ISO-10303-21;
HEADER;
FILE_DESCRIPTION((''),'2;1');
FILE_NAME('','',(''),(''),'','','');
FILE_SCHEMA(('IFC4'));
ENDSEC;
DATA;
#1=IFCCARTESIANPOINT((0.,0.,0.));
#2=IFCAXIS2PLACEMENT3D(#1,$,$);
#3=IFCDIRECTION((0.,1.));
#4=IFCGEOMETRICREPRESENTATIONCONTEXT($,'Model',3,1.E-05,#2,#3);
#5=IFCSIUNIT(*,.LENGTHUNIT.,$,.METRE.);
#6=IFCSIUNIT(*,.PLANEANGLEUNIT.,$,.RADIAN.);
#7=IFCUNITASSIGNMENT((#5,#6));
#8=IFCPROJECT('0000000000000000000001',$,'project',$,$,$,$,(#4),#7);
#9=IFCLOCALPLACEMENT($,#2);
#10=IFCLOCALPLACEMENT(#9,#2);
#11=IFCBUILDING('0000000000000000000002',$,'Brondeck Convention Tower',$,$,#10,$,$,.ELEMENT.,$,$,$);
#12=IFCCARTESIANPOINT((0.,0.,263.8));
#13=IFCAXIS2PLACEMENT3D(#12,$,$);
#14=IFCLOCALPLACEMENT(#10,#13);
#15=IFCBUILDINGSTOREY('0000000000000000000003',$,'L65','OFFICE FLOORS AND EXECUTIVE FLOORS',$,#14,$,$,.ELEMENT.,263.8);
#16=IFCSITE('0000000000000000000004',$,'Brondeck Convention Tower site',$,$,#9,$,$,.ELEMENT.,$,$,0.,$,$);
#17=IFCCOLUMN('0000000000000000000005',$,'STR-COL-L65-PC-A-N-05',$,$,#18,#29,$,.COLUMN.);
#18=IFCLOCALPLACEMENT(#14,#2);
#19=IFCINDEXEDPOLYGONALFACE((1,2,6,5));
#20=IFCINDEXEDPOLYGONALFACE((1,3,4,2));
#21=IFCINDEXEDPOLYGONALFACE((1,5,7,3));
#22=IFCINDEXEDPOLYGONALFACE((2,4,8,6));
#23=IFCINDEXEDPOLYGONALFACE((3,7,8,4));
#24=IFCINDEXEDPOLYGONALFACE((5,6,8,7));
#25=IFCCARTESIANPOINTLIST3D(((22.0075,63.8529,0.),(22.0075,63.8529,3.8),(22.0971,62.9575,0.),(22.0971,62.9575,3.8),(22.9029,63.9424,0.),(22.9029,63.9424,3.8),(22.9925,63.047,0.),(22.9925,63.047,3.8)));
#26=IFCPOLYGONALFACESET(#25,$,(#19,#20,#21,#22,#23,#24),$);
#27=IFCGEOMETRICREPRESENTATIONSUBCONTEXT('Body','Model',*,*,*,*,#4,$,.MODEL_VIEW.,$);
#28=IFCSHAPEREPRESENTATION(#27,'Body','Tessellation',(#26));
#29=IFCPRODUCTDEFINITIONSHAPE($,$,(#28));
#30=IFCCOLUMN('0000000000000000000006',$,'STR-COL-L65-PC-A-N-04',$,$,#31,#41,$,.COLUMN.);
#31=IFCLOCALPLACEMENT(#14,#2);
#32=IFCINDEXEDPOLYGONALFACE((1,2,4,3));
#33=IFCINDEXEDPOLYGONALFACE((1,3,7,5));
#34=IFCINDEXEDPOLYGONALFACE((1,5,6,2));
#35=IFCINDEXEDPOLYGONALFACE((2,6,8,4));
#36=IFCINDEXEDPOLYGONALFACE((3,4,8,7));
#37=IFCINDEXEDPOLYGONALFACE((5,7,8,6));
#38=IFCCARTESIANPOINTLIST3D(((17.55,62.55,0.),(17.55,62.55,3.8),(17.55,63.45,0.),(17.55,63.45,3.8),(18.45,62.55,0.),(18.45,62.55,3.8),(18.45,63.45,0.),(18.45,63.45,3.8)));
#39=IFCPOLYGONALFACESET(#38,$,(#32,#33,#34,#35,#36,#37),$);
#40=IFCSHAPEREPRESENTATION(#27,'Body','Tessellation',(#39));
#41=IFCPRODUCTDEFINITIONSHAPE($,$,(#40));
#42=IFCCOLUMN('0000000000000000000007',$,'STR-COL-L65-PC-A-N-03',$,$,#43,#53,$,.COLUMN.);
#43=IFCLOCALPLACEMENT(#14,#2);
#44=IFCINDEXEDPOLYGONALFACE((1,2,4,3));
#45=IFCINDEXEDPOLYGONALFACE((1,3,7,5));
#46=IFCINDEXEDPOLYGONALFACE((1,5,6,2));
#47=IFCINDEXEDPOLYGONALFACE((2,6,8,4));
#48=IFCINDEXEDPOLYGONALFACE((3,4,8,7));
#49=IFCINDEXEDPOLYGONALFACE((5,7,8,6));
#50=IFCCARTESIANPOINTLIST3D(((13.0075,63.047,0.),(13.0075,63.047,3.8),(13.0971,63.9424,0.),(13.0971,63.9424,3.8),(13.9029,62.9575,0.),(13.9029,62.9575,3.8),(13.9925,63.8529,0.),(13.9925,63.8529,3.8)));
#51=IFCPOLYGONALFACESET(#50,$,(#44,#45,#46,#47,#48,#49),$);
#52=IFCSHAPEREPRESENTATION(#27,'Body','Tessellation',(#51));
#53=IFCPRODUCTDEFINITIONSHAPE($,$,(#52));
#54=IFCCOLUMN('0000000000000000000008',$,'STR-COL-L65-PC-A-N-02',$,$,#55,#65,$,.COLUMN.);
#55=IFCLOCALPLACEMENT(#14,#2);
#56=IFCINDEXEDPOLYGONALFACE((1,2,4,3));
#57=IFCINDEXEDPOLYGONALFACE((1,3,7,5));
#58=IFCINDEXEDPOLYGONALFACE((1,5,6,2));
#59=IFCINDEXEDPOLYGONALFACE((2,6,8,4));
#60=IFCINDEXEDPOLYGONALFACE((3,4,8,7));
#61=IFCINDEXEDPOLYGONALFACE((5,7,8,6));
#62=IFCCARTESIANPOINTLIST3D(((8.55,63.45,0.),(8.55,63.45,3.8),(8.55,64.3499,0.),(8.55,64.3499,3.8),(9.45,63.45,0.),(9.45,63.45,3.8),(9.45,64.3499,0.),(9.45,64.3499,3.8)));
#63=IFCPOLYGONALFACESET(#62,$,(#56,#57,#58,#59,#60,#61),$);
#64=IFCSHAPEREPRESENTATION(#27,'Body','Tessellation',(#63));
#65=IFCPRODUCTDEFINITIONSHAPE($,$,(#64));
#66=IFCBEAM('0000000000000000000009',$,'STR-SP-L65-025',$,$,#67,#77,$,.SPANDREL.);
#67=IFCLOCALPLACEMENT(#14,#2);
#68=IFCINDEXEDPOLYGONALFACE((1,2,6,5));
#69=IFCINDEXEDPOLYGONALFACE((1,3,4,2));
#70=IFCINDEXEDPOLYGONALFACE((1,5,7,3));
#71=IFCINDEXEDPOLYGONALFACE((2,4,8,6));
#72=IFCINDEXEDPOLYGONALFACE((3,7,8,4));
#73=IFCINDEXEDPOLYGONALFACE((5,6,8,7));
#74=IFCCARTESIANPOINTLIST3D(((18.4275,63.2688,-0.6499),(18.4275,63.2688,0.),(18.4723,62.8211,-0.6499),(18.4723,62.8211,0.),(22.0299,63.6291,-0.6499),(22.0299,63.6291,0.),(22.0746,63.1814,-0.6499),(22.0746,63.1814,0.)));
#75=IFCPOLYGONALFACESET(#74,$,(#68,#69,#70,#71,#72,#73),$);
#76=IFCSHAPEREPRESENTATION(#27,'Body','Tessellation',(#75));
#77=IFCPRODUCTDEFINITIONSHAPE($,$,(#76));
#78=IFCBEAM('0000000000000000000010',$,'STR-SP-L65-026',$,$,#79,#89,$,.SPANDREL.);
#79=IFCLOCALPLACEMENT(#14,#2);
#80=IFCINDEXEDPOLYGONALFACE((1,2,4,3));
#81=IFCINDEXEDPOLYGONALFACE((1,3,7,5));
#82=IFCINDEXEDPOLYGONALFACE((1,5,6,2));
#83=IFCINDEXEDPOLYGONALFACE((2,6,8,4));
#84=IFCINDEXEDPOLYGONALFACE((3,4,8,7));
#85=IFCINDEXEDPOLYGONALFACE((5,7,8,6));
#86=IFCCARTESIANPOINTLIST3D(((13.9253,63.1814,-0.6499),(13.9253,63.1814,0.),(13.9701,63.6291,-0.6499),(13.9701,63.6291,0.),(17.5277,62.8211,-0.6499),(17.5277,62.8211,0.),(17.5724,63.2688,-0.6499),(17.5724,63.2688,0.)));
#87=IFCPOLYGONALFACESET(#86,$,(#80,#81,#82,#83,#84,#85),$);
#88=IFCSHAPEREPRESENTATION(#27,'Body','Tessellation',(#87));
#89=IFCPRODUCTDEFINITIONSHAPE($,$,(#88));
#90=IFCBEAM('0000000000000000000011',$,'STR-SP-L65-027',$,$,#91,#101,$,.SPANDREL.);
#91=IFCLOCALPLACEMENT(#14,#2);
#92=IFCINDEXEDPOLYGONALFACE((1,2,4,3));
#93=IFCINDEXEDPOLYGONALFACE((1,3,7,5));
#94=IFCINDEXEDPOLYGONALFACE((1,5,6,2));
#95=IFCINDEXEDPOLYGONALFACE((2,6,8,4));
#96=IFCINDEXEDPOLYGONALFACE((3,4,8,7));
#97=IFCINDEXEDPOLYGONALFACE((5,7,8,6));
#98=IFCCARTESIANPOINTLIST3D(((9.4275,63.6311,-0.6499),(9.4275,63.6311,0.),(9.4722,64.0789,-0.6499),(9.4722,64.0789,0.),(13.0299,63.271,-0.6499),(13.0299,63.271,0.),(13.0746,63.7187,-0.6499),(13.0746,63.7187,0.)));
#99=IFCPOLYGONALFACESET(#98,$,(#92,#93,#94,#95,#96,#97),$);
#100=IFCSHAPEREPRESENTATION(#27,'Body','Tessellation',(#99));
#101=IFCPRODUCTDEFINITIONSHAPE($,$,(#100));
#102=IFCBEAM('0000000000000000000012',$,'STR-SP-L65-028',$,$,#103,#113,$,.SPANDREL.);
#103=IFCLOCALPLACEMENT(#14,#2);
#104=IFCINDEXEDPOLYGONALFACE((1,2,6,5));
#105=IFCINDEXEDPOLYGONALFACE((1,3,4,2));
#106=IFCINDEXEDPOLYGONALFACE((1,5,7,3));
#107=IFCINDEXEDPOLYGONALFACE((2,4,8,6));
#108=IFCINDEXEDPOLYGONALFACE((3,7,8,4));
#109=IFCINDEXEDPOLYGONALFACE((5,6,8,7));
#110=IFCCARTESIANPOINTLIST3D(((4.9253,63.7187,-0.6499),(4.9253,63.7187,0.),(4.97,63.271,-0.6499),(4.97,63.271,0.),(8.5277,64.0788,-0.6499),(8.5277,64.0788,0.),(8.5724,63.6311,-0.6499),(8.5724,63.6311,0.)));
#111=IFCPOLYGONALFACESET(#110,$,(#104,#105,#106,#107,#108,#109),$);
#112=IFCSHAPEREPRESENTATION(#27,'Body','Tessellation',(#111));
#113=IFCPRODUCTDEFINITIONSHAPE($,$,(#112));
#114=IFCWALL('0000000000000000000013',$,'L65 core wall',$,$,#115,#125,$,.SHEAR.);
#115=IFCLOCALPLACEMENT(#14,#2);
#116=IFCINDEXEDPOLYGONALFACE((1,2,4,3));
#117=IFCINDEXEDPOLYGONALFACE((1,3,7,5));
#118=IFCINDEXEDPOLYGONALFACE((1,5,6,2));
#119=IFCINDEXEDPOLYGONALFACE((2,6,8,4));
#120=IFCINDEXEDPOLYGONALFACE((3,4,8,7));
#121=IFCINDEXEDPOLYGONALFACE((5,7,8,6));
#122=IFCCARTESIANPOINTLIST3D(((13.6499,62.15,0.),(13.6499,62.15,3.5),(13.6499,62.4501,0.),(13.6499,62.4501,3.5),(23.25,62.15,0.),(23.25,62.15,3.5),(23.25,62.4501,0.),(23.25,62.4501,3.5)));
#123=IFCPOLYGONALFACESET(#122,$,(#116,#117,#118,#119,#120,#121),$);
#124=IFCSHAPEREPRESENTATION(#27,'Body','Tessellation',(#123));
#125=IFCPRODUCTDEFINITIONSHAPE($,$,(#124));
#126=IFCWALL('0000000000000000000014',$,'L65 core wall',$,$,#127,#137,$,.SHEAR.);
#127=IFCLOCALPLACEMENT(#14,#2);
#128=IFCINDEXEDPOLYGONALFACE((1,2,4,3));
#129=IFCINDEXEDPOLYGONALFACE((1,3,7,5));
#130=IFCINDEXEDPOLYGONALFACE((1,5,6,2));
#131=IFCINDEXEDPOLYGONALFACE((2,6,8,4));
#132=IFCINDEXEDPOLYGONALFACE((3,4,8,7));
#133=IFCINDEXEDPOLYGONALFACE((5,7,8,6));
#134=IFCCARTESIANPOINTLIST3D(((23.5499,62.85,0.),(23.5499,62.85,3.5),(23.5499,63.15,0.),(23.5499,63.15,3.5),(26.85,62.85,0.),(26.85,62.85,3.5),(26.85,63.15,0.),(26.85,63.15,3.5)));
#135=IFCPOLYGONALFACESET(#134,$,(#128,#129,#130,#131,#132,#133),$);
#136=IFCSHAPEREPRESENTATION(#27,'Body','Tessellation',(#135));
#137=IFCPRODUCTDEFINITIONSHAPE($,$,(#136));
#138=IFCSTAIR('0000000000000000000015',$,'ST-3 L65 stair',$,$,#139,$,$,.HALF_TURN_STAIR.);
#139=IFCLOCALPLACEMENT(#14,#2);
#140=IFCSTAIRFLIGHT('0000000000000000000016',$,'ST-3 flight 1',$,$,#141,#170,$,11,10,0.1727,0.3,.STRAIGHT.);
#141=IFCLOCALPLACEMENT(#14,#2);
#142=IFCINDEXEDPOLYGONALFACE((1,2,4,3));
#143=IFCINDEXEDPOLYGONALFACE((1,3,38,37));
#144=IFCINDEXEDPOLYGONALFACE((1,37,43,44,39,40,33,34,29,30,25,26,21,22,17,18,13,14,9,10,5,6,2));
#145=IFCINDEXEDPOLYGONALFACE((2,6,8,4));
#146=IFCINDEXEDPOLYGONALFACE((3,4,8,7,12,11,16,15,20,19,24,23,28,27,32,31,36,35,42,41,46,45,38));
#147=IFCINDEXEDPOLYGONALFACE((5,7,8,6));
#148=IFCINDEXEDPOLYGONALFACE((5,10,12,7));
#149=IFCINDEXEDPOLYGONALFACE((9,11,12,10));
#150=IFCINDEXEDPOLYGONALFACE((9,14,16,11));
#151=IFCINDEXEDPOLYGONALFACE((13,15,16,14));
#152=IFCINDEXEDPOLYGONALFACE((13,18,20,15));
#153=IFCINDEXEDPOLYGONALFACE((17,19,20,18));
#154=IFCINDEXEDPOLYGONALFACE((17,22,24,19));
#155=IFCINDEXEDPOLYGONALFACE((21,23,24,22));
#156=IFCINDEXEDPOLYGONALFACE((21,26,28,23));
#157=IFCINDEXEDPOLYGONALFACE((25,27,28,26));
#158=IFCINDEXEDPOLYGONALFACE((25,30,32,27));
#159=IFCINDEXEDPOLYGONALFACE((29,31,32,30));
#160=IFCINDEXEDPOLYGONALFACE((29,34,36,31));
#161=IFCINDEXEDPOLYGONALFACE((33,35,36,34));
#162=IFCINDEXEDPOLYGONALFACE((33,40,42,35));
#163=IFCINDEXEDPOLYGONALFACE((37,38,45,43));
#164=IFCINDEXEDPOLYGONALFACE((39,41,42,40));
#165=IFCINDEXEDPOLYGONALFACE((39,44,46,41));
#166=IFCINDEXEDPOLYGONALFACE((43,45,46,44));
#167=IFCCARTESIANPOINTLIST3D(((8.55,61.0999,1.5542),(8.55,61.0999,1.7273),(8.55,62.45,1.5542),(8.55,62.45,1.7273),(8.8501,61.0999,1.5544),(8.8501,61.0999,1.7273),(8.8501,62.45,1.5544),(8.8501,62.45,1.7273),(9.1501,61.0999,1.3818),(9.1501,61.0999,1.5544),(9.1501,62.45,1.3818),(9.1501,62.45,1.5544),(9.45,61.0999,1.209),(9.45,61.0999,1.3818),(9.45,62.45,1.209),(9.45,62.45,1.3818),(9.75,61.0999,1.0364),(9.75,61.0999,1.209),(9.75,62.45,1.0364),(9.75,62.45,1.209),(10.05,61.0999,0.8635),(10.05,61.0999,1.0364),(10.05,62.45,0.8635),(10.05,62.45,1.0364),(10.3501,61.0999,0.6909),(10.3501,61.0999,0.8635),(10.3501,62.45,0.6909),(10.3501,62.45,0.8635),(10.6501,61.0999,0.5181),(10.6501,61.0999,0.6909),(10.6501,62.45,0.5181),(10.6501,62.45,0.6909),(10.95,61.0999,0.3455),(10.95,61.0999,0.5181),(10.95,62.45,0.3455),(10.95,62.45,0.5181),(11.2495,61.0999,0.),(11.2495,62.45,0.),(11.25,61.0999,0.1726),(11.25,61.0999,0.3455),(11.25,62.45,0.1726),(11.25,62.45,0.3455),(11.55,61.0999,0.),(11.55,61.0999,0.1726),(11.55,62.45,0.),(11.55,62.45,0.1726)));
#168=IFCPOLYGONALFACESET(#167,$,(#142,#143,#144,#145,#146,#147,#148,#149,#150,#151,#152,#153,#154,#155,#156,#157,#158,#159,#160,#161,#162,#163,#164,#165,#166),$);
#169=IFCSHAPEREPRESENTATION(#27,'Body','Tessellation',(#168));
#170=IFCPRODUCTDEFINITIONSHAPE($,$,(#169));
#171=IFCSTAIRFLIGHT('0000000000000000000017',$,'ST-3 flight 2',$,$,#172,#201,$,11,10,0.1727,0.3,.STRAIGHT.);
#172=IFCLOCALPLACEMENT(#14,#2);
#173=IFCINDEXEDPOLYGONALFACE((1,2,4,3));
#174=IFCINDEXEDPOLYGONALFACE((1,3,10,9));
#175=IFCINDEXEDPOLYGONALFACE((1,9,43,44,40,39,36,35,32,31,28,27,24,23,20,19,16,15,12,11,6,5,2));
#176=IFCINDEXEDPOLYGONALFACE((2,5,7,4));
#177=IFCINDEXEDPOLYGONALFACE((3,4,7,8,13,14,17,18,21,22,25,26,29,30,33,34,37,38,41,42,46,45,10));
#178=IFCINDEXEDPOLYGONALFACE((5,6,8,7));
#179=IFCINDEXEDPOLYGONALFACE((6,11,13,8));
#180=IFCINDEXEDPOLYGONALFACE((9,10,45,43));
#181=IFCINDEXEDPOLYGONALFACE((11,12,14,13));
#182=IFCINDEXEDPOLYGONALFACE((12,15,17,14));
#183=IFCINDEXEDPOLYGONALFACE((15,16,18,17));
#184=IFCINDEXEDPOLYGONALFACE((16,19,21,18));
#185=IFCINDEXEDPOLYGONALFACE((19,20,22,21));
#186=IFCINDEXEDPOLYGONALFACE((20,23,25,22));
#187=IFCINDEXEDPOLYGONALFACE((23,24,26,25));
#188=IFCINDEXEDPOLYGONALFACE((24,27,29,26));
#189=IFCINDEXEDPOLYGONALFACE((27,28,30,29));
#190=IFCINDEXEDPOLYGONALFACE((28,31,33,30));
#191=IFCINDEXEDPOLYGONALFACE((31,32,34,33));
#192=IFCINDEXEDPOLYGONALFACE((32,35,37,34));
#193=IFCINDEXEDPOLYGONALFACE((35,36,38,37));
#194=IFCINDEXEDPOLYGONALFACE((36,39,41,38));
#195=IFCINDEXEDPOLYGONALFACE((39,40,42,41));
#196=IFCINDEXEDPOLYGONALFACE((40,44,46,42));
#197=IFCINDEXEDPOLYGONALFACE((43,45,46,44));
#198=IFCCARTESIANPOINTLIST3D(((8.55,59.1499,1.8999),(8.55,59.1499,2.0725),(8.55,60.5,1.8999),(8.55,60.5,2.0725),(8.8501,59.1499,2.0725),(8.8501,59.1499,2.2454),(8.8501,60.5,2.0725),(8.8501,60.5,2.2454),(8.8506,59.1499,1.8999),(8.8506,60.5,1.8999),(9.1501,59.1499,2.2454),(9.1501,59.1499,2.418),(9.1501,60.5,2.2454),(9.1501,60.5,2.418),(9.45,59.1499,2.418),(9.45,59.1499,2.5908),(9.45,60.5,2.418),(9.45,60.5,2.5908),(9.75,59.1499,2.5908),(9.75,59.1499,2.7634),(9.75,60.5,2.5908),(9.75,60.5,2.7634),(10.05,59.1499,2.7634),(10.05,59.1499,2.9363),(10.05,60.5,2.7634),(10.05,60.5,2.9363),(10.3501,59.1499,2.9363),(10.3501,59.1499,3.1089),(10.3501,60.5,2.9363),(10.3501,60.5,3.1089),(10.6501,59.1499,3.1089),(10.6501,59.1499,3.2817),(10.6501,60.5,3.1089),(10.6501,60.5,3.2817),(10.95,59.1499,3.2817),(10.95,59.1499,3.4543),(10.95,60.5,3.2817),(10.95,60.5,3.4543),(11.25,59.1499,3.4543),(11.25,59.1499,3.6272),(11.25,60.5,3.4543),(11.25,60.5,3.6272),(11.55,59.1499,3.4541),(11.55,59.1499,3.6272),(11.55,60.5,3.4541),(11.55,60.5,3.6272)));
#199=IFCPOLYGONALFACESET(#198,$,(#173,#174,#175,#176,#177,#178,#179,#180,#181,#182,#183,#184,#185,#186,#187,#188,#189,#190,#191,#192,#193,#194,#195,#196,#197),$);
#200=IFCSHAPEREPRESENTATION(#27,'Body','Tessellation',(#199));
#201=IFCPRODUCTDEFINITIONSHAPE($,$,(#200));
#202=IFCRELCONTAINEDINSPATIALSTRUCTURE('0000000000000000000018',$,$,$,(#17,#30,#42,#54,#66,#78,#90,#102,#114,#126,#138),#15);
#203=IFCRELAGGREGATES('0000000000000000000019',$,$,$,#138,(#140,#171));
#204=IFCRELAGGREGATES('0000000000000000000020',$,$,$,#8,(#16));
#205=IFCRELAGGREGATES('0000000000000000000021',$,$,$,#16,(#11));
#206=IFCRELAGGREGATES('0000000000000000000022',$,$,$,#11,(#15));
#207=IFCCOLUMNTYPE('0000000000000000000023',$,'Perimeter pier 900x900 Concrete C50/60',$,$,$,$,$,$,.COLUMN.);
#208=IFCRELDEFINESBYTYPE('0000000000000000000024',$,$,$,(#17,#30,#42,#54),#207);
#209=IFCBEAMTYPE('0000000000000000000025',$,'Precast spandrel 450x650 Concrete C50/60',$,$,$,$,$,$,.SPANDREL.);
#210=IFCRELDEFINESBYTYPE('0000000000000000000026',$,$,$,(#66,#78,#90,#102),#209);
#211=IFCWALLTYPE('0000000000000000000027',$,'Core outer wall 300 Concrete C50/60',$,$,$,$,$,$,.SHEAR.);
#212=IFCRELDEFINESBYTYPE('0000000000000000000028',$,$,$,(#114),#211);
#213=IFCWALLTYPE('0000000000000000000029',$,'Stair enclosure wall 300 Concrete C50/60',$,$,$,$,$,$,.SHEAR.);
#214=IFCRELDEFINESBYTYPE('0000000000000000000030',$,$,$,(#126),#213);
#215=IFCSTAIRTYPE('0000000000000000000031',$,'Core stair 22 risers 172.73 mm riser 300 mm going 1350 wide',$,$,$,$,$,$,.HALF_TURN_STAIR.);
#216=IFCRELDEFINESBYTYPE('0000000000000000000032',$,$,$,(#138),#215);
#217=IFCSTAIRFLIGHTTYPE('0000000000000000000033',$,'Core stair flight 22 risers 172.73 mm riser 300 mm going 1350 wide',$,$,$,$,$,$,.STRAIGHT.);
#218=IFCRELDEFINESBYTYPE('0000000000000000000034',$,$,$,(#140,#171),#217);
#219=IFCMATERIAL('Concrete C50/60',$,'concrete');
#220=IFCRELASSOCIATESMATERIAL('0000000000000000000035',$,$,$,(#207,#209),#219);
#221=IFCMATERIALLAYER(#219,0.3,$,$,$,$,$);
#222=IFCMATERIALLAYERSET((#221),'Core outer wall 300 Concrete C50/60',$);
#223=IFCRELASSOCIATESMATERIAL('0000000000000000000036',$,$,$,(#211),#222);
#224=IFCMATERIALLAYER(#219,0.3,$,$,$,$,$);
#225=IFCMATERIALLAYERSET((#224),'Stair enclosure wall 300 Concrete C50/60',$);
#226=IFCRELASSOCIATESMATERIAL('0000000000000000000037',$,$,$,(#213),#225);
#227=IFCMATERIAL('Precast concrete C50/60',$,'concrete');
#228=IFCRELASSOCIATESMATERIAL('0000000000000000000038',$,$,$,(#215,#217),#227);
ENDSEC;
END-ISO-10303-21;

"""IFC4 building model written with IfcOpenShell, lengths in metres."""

from ifc_helpers import new_model, si_unit, direction, frame, frame_2d, origin, origin_2d, place, context, subcontext, project, spatial, polyline, rectangle, outline, extrude, material, layer, layer_set, material_profile, profile_set, type_object, element, aggregate, save


model = new_model("IFC4")

# Units and contexts
model_context = context("Model", 3, precision=1e-05, world=origin(), true_north=direction((0.0, 1.0)))
body_context = subcontext(model_context, "Body", "Model", "MODEL_VIEW")
ifc_project = project(units=[si_unit("LENGTHUNIT", "METRE"), si_unit("PLANEANGLEUNIT", "RADIAN")], contexts=[model_context])

# Site, building, storey
site_placement = place(None, origin())
site = spatial("IfcSite", under=ifc_project, at=site_placement, Name="Brondeck Convention Tower site", CompositionType="ELEMENT", RefElevation=0.0)
building_placement = place(site_placement, origin())
building = spatial("IfcBuilding", under=site, at=building_placement, Name="Brondeck Convention Tower", CompositionType="ELEMENT")
storey_placement = place(building_placement, frame((0.0, 0.0, 263.8)))
storey = spatial("IfcBuildingStorey", under=building, at=storey_placement, Name="L65", Description="OFFICE FLOORS AND EXECUTIVE FLOORS", CompositionType="ELEMENT", Elevation=263.8)

# Columns
ifc_material_1 = material(Name="Concrete C50/60", Category="concrete")
ifc_material_profile_1 = material_profile(ifc_material_1, rectangle(XDim=0.8999, YDim=0.8999, at=origin_2d()), Name="Perimeter pier 900x900 Concrete C50/60")
ifc_profile_set_1 = profile_set([ifc_material_profile_1], Name="Concrete C50/60")
column_type = type_object("IfcColumnType", Name="Perimeter pier 900x900 Concrete C50/60", PredefinedType="COLUMN", material=ifc_profile_set_1)
for number, where, z_axis, x_axis, name in (
    (1, (22.5, 63.45, 0.0), (0.0, 0.0, 1.0), (-0.995037, -0.099504, 0.0), "STR-COL-L65-PC-A-N-05"),
    (2, (18.0, 63.0, 0.0), (0.0, 0.0, 1.0), (-1.0, 0.0, 0.0), "STR-COL-L65-PC-A-N-04"),
    (3, (13.5, 63.45, 0.0), (0.0, 0.0, 1.0), (-0.995037, 0.099504, 0.0), "STR-COL-L65-PC-A-N-03"),
    (4, (9.0, 63.8999, 0.0), (0.0, 0.0, 1.0), (-1.0, 0.0, 0.0), "STR-COL-L65-PC-A-N-02"),
):
    element("IfcColumn", number, at=place(storey_placement, frame(where, z_axis=z_axis, x_axis=x_axis)), inside=storey, type_object=column_type, Name=name, PredefinedType="COLUMN", context=body_context, shape_type="SweptSolid", body=[
        extrude(rectangle(XDim=0.8999, YDim=0.8999, at=origin_2d()), origin(), (0.0, 0.0, 1.0), 3.8),
    ])

# Beams
ifc_material_profile_2 = material_profile(ifc_material_1, rectangle(XDim=0.45, YDim=0.6499, at=origin_2d()), Name="Precast spandrel 450x650 Concrete C50/60")
ifc_profile_set_2 = profile_set([ifc_material_profile_2], Name="Concrete C50/60")
beam_type = type_object("IfcBeamType", Name="Precast spandrel 450x650 Concrete C50/60", PredefinedType="SPANDREL", material=ifc_profile_set_2)
for number, where, z_axis, x_axis, name in (
    (5, (22.0522, 63.4053, -0.325), (-0.995034, -0.099537, 0.0), (0.099537, -0.995034, 0.0), "STR-SP-L65-025"),
    (6, (17.55, 63.0449, -0.325), (-0.995034, 0.099537, 0.0), (-0.099537, -0.995034, 0.0), "STR-SP-L65-026"),
    (7, (13.0522, 63.4949, -0.325), (-0.995041, 0.09947, 0.0), (-0.09947, -0.995041, 0.0), "STR-SP-L65-027"),
    (8, (8.55, 63.855, -0.325), (-0.995041, -0.09947, 0.0), (0.09947, -0.995041, 0.0), "STR-SP-L65-028"),
):
    element("IfcBeam", number, at=place(storey_placement, frame(where, z_axis=z_axis, x_axis=x_axis)), inside=storey, type_object=beam_type, Name=name, PredefinedType="SPANDREL", context=body_context, shape_type="SweptSolid", body=[
        extrude(rectangle(XDim=0.45, YDim=0.6499, at=origin_2d()), origin(), (0.0, 0.0, 1.0), 3.6204),
    ])

# Walls
ifc_layer_1 = layer(ifc_material_1, 0.3)
ifc_layer_set_1 = layer_set([ifc_layer_1], Name="Core outer wall 300 Concrete C50/60")
wall_type_1 = type_object("IfcWallType", Name="Core outer wall 300 Concrete C50/60", PredefinedType="SHEAR", material=ifc_layer_set_1)
wall_1_placement = place(storey_placement, frame((13.6499, 62.3, 0.0), z_axis=(0.0, 0.0, 1.0), x_axis=(1.0, 0.0, 0.0)))
element("IfcWall", 9, at=wall_1_placement, inside=storey, type_object=wall_type_1, Name="L65 core wall", PredefinedType="SHEAR", context=body_context, shape_type="SweptSolid", body=[
    extrude(rectangle(XDim=9.6001, YDim=0.3, at=frame_2d((4.8, 0.0))), origin(), (0.0, 0.0, 1.0), 3.5),
])
ifc_layer_2 = layer(ifc_material_1, 0.3)
ifc_layer_set_2 = layer_set([ifc_layer_2], Name="Stair enclosure wall 300 Concrete C50/60")
wall_type_2 = type_object("IfcWallType", Name="Stair enclosure wall 300 Concrete C50/60", PredefinedType="SHEAR", material=ifc_layer_set_2)
wall_2_placement = place(storey_placement, frame((23.55, 63.0, 0.0), z_axis=(0.0, 0.0, 1.0), x_axis=(1.0, 0.0, 0.0)))
element("IfcWall", 10, at=wall_2_placement, inside=storey, type_object=wall_type_2, Name="L65 core wall", PredefinedType="SHEAR", context=body_context, shape_type="SweptSolid", body=[
    extrude(rectangle(XDim=3.3, YDim=0.3, at=frame_2d((1.6499, 0.0))), origin(), (0.0, 0.0, 1.0), 3.5),
])

# Stair, stair flights
ifc_material_2 = material(Name="Precast concrete C50/60", Category="concrete")
stair_type = type_object("IfcStairType", Name="Core stair 22 risers 172.73 mm riser 300 mm going 1350 wide", PredefinedType="HALF_TURN_STAIR", material=ifc_material_2)
stair_placement = place(storey_placement, origin())
stair = element("IfcStair", 11, at=stair_placement, inside=storey, type_object=stair_type, Name="ST-3 L65 stair", PredefinedType="HALF_TURN_STAIR")
stair_flight_type = type_object("IfcStairFlightType", Name="Core stair flight 22 risers 172.73 mm riser 300 mm going 1350 wide", PredefinedType="STRAIGHT", material=ifc_material_2)
stair_flight_1_placement = place(storey_placement, frame((11.55, 61.7749, 0.0), z_axis=(0.0, 0.0, 1.0), x_axis=(-1.0, 0.0, 0.0)))
stair_flight_1 = element("IfcStairFlight", 12, at=stair_flight_1_placement, type_object=stair_flight_type, Name="ST-3 flight 1", NumberOfRisers=11, NumberOfTreads=10, PredefinedType="STRAIGHT", RiserHeight=0.1727, TreadLength=0.3, context=body_context, shape_type="SweptSolid", body=[
    extrude(outline(polyline([(0.0, 0.0), (0.0, 0.1726), (0.3, 0.1726), (0.3, 0.3455), (0.6001, 0.3455), (0.6001, 0.5181), (0.8999, 0.5181), (0.8999, 0.6909), (1.2, 0.6909), (1.2, 0.8635), (1.5, 0.8635), (1.5, 1.0364), (1.8, 1.0364), (1.8, 1.209), (2.1001, 1.209), (2.1001, 1.3818), (2.3999, 1.3818), (2.3999, 1.5544), (2.7, 1.5544), (2.7, 1.7273), (3.0, 1.7273), (3.0, 1.8999), (3.0, 1.5542), (0.3005, 0.0), (0.0, 0.0)])), frame((0.0, 0.675, 0.0), z_axis=(0.0, -1.0, 0.0), x_axis=(1.0, 0.0, 0.0)), (0.0, 0.0, 1.0), 1.3501),
])
stair_flight_2_placement = place(storey_placement, frame((8.55, 59.825, 1.8999), z_axis=(0.0, 0.0, 1.0), x_axis=(1.0, 0.0, 0.0)))
stair_flight_2 = element("IfcStairFlight", 13, at=stair_flight_2_placement, type_object=stair_flight_type, Name="ST-3 flight 2", NumberOfRisers=11, NumberOfTreads=10, PredefinedType="STRAIGHT", RiserHeight=0.1727, TreadLength=0.3, context=body_context, shape_type="SweptSolid", body=[
    extrude(outline(polyline([(0.0, 0.0), (0.0, 0.1726), (0.3, 0.1726), (0.3, 0.3455), (0.6001, 0.3455), (0.6001, 0.5181), (0.8999, 0.5181), (0.8999, 0.6909), (1.2, 0.6909), (1.2, 0.8635), (1.5, 0.8635), (1.5, 1.0364), (1.8, 1.0364), (1.8, 1.209), (2.1001, 1.209), (2.1001, 1.3818), (2.3999, 1.3818), (2.3999, 1.5544), (2.7, 1.5544), (2.7, 1.7273), (3.0, 1.7273), (3.0, 1.8999), (3.0, 1.5542), (0.3005, 0.0), (0.0, 0.0)])), frame((0.0, 0.675, 0.0), z_axis=(0.0, -1.0, 0.0), x_axis=(1.0, 0.0, 0.0)), (0.0, 0.0, 1.0), 1.3501),
])
aggregate(stair, [stair_flight_1, stair_flight_2])

save(model, "model.ifc")
